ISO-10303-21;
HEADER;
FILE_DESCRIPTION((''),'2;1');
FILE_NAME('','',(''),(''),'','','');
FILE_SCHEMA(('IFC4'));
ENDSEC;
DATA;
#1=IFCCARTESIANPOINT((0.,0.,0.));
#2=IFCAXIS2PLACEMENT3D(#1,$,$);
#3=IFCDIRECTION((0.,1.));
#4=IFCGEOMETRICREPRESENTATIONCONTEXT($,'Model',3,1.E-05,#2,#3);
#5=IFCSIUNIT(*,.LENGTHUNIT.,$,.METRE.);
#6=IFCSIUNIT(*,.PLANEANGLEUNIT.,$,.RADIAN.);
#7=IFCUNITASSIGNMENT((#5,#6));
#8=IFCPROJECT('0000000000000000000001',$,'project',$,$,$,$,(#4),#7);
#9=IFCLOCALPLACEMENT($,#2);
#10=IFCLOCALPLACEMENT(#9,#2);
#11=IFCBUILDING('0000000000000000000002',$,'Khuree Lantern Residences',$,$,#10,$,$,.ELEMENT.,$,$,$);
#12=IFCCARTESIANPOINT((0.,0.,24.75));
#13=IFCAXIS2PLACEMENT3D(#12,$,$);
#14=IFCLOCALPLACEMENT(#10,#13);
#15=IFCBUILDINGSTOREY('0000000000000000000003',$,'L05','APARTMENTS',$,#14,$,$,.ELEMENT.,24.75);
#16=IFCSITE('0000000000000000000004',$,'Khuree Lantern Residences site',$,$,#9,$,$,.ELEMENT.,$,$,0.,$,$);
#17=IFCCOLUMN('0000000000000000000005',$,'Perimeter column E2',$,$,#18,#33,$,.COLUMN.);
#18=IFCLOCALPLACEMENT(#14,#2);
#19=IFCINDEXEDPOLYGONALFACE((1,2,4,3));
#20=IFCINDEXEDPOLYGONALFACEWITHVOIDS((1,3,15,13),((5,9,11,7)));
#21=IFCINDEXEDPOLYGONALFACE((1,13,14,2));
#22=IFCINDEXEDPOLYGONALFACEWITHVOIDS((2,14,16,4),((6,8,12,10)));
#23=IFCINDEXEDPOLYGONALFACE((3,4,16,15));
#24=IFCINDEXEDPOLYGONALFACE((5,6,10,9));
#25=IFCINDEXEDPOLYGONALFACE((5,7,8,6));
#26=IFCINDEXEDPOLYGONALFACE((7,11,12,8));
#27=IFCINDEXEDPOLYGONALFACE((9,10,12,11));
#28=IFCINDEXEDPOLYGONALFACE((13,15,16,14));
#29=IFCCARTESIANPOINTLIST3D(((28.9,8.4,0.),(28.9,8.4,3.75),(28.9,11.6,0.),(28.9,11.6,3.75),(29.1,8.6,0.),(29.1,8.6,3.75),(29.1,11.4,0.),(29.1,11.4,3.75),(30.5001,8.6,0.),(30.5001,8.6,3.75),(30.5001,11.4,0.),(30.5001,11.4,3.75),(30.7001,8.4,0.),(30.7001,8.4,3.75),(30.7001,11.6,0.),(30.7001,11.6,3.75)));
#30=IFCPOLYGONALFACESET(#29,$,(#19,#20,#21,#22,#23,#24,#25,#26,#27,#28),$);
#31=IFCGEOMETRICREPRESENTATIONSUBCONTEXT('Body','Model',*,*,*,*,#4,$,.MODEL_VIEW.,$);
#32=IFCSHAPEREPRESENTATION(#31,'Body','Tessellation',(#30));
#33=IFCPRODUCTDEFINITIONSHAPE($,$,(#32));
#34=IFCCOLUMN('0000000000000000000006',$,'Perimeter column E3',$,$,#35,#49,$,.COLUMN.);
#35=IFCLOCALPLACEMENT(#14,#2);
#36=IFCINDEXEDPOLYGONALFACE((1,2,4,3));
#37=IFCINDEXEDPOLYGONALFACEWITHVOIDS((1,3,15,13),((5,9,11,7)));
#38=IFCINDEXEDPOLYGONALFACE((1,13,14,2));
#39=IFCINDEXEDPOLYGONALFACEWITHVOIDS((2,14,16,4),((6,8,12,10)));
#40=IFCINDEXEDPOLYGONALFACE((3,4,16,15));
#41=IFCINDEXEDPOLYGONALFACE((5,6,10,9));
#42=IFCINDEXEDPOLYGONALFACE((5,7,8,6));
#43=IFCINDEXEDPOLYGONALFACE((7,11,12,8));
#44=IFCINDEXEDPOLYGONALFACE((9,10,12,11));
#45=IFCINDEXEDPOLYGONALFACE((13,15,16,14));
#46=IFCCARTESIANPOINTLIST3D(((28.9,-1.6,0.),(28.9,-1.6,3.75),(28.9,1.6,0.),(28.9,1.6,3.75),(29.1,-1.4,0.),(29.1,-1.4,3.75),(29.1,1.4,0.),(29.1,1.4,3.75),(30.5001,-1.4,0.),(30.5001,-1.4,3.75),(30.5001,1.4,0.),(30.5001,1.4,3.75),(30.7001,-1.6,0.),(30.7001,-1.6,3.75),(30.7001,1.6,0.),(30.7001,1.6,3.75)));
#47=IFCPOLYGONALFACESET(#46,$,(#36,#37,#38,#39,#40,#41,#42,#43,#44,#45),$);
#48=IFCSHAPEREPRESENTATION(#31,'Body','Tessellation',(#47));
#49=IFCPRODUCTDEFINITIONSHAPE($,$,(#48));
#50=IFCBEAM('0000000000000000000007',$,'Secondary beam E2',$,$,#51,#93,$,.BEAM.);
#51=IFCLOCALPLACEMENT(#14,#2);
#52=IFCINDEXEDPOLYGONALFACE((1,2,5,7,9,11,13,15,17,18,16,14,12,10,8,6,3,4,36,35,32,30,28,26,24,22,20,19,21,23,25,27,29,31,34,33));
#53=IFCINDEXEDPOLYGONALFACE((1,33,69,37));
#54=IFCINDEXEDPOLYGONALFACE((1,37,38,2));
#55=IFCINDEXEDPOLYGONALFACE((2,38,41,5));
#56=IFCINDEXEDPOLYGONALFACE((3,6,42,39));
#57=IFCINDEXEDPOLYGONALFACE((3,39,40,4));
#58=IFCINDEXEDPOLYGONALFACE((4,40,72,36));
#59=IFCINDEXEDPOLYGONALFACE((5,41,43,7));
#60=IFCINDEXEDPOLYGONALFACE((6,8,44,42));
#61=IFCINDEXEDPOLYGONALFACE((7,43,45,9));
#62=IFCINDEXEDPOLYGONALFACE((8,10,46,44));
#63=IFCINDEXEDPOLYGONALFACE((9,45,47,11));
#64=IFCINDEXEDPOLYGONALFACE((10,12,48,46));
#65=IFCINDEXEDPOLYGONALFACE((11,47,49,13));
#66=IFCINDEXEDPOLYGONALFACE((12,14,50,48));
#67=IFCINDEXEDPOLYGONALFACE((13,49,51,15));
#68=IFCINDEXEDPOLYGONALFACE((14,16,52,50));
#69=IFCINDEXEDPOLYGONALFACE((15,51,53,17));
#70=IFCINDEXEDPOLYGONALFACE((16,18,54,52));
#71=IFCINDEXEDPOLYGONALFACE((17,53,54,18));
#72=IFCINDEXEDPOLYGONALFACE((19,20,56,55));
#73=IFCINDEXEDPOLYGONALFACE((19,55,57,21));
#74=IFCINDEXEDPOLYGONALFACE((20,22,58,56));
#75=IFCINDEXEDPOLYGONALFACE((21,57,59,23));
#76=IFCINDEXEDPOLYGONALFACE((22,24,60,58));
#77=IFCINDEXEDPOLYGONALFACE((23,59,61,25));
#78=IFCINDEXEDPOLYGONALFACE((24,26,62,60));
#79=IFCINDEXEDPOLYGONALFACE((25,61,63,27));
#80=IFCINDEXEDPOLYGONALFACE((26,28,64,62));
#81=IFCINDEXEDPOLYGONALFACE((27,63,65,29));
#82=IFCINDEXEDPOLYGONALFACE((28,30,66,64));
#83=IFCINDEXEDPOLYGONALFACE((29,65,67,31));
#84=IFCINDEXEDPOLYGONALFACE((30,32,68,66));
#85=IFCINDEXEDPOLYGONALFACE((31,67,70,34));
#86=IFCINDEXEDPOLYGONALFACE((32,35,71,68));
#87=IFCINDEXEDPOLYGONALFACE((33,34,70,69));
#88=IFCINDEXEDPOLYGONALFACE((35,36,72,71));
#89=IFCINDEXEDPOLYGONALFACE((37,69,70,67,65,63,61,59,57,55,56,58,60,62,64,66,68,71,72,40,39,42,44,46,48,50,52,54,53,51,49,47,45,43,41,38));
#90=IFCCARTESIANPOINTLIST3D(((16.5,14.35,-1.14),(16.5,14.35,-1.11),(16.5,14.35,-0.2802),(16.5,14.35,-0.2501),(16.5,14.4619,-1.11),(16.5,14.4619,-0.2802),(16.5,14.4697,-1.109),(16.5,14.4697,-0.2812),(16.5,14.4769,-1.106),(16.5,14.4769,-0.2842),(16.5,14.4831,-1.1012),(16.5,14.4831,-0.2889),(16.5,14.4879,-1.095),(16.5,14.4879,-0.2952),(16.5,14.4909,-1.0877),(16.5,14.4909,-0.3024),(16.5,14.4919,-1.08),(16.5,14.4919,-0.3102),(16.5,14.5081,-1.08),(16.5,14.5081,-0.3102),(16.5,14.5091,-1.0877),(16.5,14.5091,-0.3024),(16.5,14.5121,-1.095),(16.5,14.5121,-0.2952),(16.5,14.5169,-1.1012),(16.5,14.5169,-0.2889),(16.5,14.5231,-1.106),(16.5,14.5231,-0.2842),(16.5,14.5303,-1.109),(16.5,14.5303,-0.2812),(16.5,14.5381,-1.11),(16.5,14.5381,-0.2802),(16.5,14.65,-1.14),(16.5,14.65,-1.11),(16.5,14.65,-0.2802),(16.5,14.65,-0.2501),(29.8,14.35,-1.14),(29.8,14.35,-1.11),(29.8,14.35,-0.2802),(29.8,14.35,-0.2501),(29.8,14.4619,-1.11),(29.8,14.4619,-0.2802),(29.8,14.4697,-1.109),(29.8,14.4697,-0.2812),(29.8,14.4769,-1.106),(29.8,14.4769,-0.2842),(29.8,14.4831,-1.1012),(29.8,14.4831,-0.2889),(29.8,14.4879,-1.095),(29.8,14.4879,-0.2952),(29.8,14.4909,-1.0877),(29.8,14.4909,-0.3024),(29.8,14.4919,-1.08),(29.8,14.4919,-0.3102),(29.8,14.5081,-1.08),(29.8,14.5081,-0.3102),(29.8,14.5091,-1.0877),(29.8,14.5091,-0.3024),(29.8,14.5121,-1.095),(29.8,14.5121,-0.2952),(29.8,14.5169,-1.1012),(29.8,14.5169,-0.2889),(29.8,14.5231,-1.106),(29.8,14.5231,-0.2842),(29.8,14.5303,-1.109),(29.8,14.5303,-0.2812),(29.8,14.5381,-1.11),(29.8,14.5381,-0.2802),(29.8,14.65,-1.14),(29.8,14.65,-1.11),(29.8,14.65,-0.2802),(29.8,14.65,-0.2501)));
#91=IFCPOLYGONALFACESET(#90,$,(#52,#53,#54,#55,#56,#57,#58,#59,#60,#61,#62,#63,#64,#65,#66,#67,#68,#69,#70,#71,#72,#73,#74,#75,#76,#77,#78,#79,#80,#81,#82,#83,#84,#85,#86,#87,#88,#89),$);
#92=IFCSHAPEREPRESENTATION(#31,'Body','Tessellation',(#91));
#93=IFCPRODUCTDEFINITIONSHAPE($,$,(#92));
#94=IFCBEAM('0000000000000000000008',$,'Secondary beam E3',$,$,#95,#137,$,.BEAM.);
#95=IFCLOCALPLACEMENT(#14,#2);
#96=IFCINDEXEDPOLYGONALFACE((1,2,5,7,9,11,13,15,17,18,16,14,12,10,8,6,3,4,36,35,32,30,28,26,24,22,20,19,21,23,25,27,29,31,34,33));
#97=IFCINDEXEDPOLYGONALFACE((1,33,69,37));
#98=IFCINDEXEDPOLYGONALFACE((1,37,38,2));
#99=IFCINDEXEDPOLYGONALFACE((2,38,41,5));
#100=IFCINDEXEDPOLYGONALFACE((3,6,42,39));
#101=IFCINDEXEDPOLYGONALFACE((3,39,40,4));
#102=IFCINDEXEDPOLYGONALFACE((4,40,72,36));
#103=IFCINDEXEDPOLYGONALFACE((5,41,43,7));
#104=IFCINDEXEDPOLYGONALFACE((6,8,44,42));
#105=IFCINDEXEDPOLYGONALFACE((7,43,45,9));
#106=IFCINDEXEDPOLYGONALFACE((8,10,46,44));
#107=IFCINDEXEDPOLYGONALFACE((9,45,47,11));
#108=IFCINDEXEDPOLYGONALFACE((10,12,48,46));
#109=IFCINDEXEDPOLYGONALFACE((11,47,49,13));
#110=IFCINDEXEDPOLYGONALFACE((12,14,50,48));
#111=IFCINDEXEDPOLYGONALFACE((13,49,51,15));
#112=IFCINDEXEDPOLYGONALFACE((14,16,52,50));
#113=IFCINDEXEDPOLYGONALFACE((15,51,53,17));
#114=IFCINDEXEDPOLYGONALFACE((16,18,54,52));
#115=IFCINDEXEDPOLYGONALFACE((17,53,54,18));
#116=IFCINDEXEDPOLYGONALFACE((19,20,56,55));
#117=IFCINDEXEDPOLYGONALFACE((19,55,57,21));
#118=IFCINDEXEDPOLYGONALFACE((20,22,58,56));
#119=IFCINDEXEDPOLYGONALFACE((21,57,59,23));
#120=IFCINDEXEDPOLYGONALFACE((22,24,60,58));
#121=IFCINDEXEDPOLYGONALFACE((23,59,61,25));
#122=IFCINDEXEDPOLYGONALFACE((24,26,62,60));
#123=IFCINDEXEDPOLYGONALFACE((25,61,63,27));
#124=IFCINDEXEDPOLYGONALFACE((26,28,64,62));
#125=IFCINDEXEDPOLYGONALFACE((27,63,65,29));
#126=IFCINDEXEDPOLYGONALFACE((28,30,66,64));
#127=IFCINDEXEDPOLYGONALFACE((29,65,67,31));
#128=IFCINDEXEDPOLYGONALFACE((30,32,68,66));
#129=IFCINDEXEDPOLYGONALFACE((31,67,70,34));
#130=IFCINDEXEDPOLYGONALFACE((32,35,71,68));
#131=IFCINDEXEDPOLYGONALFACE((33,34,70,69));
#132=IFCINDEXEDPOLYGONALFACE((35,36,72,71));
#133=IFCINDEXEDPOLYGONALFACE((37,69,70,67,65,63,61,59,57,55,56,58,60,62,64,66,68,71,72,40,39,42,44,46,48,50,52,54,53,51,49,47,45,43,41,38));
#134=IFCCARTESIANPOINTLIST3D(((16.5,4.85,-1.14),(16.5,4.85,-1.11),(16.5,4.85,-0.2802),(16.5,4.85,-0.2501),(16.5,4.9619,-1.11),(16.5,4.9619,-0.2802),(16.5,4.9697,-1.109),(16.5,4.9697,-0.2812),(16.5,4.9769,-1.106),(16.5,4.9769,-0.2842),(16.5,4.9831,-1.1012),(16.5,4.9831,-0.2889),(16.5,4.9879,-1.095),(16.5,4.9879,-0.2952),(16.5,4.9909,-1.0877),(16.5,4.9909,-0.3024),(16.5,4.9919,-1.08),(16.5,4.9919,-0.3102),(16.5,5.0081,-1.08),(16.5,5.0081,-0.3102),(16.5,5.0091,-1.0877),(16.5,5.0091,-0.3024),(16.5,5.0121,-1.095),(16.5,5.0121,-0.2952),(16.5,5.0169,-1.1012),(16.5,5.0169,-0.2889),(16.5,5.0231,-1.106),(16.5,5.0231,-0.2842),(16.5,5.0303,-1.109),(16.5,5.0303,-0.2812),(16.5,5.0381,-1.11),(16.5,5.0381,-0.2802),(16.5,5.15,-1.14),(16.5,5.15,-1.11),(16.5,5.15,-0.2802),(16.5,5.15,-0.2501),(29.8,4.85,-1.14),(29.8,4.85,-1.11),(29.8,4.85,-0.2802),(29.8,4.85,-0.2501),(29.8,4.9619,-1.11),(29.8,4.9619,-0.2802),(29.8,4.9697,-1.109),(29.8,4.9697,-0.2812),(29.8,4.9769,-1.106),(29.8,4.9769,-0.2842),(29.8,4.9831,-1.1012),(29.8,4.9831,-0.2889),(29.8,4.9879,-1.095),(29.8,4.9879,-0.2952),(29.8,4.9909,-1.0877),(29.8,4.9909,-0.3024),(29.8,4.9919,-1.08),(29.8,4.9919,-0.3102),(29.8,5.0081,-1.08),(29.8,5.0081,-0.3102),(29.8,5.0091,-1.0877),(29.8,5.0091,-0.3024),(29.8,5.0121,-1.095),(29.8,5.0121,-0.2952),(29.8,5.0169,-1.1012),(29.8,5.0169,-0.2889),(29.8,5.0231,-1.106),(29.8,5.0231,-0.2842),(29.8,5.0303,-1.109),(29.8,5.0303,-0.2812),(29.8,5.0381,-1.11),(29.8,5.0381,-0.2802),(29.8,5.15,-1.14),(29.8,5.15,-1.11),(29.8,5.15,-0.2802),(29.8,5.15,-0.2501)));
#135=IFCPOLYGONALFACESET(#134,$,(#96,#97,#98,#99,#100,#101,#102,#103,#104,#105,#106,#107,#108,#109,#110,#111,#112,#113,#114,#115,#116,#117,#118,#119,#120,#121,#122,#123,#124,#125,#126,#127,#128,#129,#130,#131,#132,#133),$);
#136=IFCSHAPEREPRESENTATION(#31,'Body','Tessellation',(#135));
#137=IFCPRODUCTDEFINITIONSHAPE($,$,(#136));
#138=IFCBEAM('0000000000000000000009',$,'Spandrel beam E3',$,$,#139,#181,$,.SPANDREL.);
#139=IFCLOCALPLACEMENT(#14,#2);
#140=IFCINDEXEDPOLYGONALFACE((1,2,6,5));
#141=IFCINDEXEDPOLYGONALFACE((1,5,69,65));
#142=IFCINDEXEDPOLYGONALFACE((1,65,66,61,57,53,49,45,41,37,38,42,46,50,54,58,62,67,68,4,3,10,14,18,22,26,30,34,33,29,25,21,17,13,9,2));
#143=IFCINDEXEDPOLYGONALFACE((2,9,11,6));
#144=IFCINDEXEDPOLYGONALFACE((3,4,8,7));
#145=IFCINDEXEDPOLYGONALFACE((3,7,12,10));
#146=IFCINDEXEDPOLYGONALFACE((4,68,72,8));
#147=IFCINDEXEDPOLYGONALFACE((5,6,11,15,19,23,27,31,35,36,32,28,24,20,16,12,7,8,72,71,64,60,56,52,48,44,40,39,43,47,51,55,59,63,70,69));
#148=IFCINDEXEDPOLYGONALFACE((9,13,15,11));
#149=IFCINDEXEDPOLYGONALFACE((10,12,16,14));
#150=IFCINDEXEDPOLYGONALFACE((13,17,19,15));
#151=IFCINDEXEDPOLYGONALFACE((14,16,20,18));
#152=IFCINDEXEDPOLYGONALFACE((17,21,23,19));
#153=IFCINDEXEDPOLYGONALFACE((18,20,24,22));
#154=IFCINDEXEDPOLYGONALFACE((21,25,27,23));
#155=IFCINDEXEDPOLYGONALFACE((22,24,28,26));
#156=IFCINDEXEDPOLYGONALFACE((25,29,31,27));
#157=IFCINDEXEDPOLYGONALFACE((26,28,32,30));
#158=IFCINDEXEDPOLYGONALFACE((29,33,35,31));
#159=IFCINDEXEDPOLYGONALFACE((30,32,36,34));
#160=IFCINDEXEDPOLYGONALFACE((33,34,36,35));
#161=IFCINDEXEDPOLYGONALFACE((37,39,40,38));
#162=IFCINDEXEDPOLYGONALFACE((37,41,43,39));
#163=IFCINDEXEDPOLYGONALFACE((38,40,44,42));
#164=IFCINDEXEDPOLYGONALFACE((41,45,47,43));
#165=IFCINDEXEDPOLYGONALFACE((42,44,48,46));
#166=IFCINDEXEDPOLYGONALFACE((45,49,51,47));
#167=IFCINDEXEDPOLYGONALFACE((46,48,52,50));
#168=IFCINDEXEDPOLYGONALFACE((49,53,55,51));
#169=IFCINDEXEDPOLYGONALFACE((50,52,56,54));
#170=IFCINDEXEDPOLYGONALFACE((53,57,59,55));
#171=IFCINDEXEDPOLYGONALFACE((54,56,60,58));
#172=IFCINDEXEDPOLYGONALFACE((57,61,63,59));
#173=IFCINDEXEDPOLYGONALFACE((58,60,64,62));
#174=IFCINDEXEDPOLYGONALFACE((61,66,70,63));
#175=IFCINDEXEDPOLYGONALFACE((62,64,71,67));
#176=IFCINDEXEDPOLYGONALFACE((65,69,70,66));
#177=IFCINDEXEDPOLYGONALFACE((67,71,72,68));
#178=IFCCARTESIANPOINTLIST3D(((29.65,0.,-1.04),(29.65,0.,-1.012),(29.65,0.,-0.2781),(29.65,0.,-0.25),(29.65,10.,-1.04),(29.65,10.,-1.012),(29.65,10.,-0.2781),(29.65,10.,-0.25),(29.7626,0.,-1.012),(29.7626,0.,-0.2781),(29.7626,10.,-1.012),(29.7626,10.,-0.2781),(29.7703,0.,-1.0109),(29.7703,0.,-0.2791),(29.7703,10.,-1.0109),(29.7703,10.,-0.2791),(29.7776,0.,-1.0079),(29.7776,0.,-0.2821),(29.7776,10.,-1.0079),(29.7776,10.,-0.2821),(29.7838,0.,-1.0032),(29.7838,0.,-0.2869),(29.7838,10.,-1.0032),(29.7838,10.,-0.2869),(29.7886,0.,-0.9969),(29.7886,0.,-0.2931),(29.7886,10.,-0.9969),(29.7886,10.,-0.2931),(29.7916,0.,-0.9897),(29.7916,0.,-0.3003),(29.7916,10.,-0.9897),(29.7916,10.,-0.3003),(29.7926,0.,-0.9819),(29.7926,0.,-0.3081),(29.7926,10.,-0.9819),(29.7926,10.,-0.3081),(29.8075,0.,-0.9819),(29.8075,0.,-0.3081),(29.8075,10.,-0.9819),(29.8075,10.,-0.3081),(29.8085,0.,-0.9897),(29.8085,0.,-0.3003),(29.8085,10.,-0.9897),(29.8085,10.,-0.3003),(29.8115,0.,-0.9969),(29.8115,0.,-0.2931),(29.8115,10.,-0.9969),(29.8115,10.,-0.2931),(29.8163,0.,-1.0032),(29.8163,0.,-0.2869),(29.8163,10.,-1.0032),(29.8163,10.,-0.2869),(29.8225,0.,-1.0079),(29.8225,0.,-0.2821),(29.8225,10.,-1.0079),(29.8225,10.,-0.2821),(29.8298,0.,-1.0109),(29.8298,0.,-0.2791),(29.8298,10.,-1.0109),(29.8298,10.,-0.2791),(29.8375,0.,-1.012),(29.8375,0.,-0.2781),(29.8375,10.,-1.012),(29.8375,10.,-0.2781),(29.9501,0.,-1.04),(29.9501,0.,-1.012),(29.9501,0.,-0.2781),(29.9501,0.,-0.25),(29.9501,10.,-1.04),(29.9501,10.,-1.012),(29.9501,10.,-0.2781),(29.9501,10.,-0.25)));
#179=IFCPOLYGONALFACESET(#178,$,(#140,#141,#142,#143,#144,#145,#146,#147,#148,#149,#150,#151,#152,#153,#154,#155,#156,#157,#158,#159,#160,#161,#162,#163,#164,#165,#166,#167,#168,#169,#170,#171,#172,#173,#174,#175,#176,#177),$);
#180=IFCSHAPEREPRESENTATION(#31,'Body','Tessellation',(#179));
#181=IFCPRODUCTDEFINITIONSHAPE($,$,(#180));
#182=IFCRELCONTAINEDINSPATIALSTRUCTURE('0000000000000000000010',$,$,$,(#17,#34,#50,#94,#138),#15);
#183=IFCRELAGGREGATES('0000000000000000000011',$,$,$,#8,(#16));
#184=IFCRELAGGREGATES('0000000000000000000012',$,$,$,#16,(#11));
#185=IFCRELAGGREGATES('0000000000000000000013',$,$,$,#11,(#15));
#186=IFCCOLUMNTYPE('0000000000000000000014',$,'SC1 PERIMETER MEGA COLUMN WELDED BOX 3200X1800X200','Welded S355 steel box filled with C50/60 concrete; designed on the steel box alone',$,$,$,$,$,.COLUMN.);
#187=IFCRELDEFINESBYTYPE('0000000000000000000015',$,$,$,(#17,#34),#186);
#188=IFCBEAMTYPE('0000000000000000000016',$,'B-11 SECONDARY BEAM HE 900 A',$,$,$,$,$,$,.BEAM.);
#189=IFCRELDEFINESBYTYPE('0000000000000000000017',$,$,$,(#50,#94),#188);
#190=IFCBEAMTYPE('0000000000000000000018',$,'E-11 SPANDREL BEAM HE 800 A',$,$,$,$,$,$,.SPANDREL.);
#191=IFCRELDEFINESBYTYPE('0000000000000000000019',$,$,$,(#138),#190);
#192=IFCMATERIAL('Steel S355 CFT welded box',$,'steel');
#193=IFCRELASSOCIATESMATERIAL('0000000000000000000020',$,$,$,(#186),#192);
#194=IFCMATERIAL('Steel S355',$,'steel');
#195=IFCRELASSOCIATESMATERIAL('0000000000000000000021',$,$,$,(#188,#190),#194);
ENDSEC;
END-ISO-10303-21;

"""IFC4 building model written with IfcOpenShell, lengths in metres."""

from ifc_helpers import new_model, si_unit, direction, frame, origin, origin_2d, place, context, subcontext, project, spatial, hollow_rectangle, i_section, extrude, material, material_profile, profile_set, type_object, element, save


model = new_model("IFC4")

# Units and contexts
model_context = context("Model", 3, precision=1e-05, world=origin(), true_north=direction((0.0, 1.0)))
body_context = subcontext(model_context, "Body", "Model", "MODEL_VIEW")
ifc_project = project(units=[si_unit("LENGTHUNIT", "METRE"), si_unit("PLANEANGLEUNIT", "RADIAN")], contexts=[model_context])

# Site, building, storey
site_placement = place(None, origin())
site = spatial("IfcSite", under=ifc_project, at=site_placement, Name="Khuree Lantern Residences site", CompositionType="ELEMENT", RefElevation=0.0)
building_placement = place(site_placement, origin())
building = spatial("IfcBuilding", under=site, at=building_placement, Name="Khuree Lantern Residences", CompositionType="ELEMENT")
storey_placement = place(building_placement, frame((0.0, 0.0, 24.75)))
storey = spatial("IfcBuildingStorey", under=building, at=storey_placement, Name="L05", Description="APARTMENTS", CompositionType="ELEMENT", Elevation=24.75)

# Columns
ifc_material_1 = material(Name="Steel S355 CFT welded box", Category="steel")
ifc_material_profile_1 = material_profile(ifc_material_1, hollow_rectangle(XDim=3.2, YDim=1.8, WallThickness=0.2, at=origin_2d()), Name="WELDED BOX 3200X1800X200")
ifc_profile_set_1 = profile_set([ifc_material_profile_1], Name="Steel S355 CFT welded box")
column_type = type_object("IfcColumnType", Name="SC1 PERIMETER MEGA COLUMN WELDED BOX 3200X1800X200", Description="Welded S355 steel box filled with C50/60 concrete; designed on the steel box alone", PredefinedType="COLUMN", material=ifc_profile_set_1)
for number, where, z_axis, x_axis, name in (
    (1, (29.8, 10.0, 0.0), (0.0, 0.0, 1.0), (0.0, 1.0, 0.0), "Perimeter column E2"),
    (2, (29.8, 0.0, 0.0), (0.0, 0.0, 1.0), (0.0, 1.0, 0.0), "Perimeter column E3"),
):
    element("IfcColumn", number, at=place(storey_placement, frame(where, z_axis=z_axis, x_axis=x_axis)), inside=storey, type_object=column_type, Name=name, PredefinedType="COLUMN", context=body_context, shape_type="SweptSolid", body=[
        extrude(hollow_rectangle(XDim=3.2, YDim=1.8, WallThickness=0.2, at=origin_2d()), origin(), (0.0, 0.0, 1.0), 3.75),
    ])

# Beams
ifc_material_2 = material(Name="Steel S355", Category="steel")
ifc_material_profile_2 = material_profile(ifc_material_2, i_section(OverallWidth=0.3, OverallDepth=0.8899, WebThickness=0.0161, FlangeThickness=0.03, FilletRadius=0.03, at=origin_2d()), Name="HE 900 A")
ifc_profile_set_2 = profile_set([ifc_material_profile_2], Name="Steel S355")
beam_type_1 = type_object("IfcBeamType", Name="B-11 SECONDARY BEAM HE 900 A", PredefinedType="BEAM", material=ifc_profile_set_2)
for number, where, z_axis, x_axis, name in (
    (3, (29.8, 14.5, -0.6951), (-1.0, 0.0, 0.0), (0.0, -1.0, 0.0), "Secondary beam E2"),
    (4, (29.8, 5.0, -0.6951), (-1.0, 0.0, 0.0), (0.0, -1.0, 0.0), "Secondary beam E3"),
):
    element("IfcBeam", number, at=place(storey_placement, frame(where, z_axis=z_axis, x_axis=x_axis)), inside=storey, type_object=beam_type_1, Name=name, PredefinedType="BEAM", context=body_context, shape_type="SweptSolid", body=[
        extrude(i_section(OverallWidth=0.3, OverallDepth=0.8899, WebThickness=0.0161, FlangeThickness=0.03, FilletRadius=0.03, at=origin_2d()), origin(), (0.0, 0.0, 1.0), 13.3),
    ])
ifc_material_profile_3 = material_profile(ifc_material_2, i_section(OverallWidth=0.3, OverallDepth=0.79, WebThickness=0.0149, FlangeThickness=0.0281, FilletRadius=0.03, at=origin_2d()), Name="HE 800 A")
ifc_profile_set_3 = profile_set([ifc_material_profile_3], Name="Steel S355")
beam_type_2 = type_object("IfcBeamType", Name="E-11 SPANDREL BEAM HE 800 A", PredefinedType="SPANDREL", material=ifc_profile_set_3)
for number, where, z_axis, x_axis, name in (
    (5, (29.8, 10.0, -0.645), (0.0, -1.0, 0.0), (1.0, 0.0, 0.0), "Spandrel beam E3"),
):
    element("IfcBeam", number, at=place(storey_placement, frame(where, z_axis=z_axis, x_axis=x_axis)), inside=storey, type_object=beam_type_2, Name=name, PredefinedType="SPANDREL", context=body_context, shape_type="SweptSolid", body=[
        extrude(i_section(OverallWidth=0.3, OverallDepth=0.79, WebThickness=0.0149, FlangeThickness=0.0281, FilletRadius=0.03, at=origin_2d()), origin(), (0.0, 0.0, 1.0), 10.0),
    ])

save(model, "model.ifc")
